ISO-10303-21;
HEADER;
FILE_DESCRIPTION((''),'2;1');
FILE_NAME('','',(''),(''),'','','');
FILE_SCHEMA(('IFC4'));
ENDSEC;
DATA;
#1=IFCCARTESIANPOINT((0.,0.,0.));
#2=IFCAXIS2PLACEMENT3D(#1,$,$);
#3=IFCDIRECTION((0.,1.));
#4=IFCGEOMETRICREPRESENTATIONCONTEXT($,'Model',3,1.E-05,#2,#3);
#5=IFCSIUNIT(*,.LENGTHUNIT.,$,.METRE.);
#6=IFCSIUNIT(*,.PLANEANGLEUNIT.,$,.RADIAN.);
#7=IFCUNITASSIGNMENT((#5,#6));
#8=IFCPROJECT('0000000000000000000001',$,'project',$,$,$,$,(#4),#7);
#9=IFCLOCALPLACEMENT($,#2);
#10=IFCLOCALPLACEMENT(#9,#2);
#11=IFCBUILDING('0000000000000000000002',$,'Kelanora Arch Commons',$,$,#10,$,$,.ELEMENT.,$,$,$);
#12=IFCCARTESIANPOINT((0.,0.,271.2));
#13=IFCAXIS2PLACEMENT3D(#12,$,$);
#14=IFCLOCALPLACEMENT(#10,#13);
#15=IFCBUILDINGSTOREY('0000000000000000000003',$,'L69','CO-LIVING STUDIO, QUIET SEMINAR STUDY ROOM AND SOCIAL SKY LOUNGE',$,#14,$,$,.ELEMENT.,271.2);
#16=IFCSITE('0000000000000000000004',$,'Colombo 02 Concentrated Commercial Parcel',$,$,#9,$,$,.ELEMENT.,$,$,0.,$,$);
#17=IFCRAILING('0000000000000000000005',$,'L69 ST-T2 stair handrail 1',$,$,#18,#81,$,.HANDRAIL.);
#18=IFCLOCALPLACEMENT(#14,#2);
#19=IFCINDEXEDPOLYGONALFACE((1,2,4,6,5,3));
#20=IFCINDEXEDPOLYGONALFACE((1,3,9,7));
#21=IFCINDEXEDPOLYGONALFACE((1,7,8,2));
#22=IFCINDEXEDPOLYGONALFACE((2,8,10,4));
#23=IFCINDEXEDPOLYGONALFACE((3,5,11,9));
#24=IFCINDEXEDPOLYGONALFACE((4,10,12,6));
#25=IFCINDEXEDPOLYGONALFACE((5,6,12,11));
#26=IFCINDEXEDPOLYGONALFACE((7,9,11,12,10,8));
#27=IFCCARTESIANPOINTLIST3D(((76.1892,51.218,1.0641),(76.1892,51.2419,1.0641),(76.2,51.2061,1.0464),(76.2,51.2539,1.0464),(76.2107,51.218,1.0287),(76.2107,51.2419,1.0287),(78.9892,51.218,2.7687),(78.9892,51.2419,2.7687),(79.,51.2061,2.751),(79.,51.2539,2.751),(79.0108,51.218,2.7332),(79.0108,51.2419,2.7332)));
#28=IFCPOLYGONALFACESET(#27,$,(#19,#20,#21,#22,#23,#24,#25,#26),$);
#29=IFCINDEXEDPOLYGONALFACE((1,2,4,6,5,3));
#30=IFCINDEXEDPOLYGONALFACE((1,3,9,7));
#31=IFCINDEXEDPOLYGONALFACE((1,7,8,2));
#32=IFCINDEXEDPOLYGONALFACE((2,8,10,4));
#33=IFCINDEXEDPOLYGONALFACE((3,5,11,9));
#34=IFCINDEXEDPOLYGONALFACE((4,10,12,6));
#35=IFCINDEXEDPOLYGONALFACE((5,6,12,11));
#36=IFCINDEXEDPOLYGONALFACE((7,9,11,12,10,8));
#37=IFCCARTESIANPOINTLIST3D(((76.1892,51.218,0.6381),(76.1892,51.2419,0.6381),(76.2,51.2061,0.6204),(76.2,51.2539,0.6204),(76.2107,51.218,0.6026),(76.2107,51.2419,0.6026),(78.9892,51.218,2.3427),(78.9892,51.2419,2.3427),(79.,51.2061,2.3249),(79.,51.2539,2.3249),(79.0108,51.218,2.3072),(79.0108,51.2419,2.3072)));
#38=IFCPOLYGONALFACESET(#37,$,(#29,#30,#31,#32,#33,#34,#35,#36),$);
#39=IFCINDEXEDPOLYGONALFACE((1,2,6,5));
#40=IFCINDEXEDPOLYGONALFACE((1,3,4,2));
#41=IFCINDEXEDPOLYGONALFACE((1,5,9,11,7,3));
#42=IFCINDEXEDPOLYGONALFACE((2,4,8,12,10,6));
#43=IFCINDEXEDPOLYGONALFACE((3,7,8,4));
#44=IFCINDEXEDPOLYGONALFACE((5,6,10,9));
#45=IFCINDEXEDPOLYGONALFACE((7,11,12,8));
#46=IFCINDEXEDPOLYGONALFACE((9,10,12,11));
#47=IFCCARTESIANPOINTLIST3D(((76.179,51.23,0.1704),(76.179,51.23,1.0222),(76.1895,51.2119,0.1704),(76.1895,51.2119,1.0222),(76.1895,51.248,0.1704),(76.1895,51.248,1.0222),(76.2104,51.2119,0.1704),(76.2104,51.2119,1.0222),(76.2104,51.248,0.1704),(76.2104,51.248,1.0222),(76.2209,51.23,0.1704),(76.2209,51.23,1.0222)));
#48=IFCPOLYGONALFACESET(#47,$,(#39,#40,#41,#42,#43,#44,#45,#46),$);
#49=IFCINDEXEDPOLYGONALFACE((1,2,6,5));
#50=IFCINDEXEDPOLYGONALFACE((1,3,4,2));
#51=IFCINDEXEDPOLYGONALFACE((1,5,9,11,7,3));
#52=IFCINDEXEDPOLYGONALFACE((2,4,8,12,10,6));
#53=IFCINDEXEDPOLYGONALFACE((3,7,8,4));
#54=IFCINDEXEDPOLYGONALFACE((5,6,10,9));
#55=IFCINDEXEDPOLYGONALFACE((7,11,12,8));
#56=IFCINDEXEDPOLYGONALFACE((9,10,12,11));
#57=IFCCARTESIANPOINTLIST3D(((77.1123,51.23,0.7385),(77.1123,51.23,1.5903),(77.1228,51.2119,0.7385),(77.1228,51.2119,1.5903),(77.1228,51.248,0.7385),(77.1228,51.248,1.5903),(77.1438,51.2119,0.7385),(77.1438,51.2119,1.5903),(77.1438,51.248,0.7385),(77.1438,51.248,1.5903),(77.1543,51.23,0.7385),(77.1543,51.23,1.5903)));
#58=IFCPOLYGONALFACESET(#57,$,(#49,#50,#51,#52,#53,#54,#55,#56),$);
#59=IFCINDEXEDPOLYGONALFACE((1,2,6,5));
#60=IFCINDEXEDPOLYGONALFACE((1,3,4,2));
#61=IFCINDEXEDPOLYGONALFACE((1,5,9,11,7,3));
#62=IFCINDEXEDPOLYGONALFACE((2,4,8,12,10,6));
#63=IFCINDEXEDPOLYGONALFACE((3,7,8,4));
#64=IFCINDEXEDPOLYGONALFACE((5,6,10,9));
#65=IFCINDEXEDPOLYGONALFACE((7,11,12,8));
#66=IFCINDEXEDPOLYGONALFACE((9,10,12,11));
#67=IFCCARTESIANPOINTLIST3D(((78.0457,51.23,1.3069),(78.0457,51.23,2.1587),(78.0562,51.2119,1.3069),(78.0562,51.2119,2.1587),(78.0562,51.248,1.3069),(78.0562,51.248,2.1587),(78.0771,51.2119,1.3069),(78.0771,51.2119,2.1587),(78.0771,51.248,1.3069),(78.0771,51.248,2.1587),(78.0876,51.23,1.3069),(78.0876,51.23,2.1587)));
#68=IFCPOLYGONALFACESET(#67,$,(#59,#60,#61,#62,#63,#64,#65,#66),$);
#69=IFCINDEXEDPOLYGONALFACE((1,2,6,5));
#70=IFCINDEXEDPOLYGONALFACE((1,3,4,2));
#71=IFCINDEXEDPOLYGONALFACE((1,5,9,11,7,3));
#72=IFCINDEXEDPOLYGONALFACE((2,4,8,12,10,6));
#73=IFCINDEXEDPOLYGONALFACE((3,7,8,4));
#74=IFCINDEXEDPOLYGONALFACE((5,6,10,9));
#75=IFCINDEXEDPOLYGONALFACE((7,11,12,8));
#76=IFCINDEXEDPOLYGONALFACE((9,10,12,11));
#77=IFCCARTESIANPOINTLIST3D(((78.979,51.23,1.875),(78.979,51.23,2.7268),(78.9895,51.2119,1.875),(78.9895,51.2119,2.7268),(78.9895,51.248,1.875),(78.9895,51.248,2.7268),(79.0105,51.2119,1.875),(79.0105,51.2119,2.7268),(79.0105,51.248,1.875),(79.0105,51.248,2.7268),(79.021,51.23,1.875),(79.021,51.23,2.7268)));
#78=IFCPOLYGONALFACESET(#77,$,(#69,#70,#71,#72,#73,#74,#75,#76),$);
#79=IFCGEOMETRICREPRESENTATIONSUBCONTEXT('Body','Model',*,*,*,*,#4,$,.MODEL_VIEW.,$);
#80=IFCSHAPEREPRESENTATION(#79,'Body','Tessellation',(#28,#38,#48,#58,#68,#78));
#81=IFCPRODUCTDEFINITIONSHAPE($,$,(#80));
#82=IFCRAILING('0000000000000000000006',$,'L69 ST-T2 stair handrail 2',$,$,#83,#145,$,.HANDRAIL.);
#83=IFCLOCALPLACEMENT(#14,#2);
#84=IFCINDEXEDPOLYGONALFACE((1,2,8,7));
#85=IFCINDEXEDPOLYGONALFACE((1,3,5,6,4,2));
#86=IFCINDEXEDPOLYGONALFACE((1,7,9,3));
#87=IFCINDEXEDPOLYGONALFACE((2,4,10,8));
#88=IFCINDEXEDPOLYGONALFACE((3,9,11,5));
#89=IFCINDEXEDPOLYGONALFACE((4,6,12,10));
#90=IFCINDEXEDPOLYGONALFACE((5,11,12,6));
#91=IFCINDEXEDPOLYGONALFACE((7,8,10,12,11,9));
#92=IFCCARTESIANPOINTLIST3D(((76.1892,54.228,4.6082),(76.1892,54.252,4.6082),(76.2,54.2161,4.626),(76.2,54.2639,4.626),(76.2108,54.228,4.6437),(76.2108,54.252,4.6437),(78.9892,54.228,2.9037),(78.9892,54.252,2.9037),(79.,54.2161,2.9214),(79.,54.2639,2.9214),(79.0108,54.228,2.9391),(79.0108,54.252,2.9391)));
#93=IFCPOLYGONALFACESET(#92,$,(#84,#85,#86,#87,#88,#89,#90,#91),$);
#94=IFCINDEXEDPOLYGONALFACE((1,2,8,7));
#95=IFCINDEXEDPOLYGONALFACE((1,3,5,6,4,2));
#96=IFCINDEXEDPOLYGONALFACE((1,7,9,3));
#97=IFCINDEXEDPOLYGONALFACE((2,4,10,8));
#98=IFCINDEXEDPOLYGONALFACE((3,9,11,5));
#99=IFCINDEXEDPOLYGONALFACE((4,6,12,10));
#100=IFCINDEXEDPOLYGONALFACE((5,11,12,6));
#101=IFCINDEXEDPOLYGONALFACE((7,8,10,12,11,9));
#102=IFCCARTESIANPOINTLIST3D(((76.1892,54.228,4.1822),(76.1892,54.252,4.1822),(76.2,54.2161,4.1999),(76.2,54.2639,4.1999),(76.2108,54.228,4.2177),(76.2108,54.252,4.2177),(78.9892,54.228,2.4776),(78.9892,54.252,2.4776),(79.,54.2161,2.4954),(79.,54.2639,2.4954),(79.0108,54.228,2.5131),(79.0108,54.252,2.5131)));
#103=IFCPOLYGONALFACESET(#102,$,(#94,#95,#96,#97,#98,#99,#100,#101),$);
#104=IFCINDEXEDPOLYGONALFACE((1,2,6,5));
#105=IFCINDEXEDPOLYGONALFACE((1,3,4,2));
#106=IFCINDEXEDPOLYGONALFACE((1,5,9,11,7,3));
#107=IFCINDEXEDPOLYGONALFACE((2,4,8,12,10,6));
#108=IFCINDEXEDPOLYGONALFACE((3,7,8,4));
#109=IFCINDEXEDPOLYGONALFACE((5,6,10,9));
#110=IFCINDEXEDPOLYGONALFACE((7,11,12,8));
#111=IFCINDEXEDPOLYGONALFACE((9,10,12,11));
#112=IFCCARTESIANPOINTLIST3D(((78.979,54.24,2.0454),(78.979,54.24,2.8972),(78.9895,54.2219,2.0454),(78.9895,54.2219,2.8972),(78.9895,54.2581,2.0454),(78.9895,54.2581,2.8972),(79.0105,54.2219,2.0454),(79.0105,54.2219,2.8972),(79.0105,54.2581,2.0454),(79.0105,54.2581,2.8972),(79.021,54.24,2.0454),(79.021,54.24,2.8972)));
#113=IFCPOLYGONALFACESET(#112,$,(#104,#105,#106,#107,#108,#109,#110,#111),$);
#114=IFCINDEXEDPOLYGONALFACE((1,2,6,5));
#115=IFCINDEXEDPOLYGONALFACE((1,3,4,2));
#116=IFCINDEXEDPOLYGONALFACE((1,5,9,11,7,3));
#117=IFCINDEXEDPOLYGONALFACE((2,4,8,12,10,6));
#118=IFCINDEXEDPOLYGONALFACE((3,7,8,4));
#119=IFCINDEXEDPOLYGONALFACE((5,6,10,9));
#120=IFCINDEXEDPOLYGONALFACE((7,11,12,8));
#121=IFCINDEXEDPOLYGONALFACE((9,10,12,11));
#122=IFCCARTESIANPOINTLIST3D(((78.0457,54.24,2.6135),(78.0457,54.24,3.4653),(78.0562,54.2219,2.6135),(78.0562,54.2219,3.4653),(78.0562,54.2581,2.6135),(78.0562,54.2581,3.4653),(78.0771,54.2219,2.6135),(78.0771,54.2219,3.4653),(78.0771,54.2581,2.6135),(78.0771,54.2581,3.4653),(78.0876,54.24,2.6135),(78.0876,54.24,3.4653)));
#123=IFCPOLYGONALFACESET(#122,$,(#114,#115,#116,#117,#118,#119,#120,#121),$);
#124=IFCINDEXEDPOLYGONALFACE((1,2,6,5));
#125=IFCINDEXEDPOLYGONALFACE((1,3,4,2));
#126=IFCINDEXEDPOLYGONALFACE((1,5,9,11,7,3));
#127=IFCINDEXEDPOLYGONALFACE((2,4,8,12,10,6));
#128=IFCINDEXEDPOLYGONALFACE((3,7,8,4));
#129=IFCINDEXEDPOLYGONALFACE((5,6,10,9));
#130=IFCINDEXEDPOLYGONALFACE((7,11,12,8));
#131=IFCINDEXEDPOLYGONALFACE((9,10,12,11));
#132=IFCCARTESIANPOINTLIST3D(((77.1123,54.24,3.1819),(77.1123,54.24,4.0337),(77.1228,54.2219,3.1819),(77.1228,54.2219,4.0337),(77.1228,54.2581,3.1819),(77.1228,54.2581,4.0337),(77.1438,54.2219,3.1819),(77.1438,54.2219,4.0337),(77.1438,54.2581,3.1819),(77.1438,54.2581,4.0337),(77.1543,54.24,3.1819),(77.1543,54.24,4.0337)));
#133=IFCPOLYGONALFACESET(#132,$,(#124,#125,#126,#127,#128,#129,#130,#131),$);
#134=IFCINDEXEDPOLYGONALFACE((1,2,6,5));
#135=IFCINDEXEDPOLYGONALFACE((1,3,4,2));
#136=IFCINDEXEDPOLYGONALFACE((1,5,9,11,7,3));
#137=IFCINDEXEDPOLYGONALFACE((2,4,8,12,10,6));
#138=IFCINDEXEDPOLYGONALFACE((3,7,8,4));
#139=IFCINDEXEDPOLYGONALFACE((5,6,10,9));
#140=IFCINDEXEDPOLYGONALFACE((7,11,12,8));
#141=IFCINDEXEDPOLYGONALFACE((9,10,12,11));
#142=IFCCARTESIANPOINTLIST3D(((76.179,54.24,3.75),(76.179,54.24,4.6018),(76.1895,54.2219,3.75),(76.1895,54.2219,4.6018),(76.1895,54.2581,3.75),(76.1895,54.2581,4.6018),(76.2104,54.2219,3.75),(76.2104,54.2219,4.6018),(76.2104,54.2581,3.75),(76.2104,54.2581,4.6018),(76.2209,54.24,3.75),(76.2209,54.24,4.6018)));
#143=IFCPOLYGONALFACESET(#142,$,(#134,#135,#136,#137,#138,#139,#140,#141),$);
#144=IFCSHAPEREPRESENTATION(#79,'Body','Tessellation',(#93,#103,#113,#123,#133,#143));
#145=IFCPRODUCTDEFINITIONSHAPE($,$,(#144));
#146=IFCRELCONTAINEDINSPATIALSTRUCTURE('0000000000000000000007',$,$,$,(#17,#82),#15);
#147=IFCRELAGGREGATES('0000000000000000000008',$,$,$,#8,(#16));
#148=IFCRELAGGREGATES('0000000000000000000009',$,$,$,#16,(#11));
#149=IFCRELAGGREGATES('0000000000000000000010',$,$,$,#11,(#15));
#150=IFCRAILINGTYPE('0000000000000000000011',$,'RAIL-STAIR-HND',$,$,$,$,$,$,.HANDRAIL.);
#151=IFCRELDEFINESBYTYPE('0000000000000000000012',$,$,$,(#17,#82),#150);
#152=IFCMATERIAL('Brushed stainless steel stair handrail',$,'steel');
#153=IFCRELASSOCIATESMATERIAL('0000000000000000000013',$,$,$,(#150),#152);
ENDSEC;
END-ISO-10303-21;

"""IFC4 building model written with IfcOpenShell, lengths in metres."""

from ifc_helpers import new_model, si_unit, direction, frame, origin, place, context, subcontext, project, spatial, polyline, outline, extrude, material, type_object, element, save


model = new_model("IFC4")

# Units and contexts
model_context = context("Model", 3, precision=1e-05, world=origin(), true_north=direction((0.0, 1.0)))
body_context = subcontext(model_context, "Body", "Model", "MODEL_VIEW")
ifc_project = project(units=[si_unit("LENGTHUNIT", "METRE"), si_unit("PLANEANGLEUNIT", "RADIAN")], contexts=[model_context])

# Site, building, storey
site_placement = place(None, origin())
site = spatial("IfcSite", under=ifc_project, at=site_placement, Name="Colombo 02 Concentrated Commercial Parcel", CompositionType="ELEMENT", RefElevation=0.0)
building_placement = place(site_placement, origin())
building = spatial("IfcBuilding", under=site, at=building_placement, Name="Kelanora Arch Commons", CompositionType="ELEMENT")
storey_placement = place(building_placement, frame((0.0, 0.0, 271.2)))
storey = spatial("IfcBuildingStorey", under=building, at=storey_placement, Name="L69", Description="CO-LIVING STUDIO, QUIET SEMINAR STUDY ROOM AND SOCIAL SKY LOUNGE", CompositionType="ELEMENT", Elevation=271.2)

# Railings
ifc_material_1 = material(Name="Brushed stainless steel stair handrail", Category="steel")
railing_type_1 = type_object("IfcRailingType", Name="RAIL-STAIR-HND", PredefinedType="HANDRAIL", material=ifc_material_1)
railing_1_placement = place(storey_placement, frame((76.2, 51.23, 0.1704)))
element("IfcRailing", 1, at=railing_1_placement, inside=storey, type_object=railing_type_1, Name="L69 ST-T2 stair handrail 1", PredefinedType="HANDRAIL", context=body_context, shape_type="SweptSolid", body=[
    extrude(outline(polyline([(0.0239, 0.0), (0.012, 0.0208), (-0.012, 0.0208), (-0.0239, 0.0), (-0.012, -0.0208), (0.012, -0.0208), (0.0239, 0.0)])), frame((0.0, 0.0, 0.876), z_axis=(0.85417, 0.0, 0.519994), x_axis=(0.0, 1.0, 0.0)), (0.0, 0.0, 1.0), 3.2781),
    extrude(outline(polyline([(0.0239, 0.0), (0.012, 0.0208), (-0.012, 0.0208), (-0.0239, 0.0), (-0.012, -0.0208), (0.012, -0.0208), (0.0239, 0.0)])), frame((0.0, 0.0, 0.45), z_axis=(0.85417, 0.0, 0.519994), x_axis=(0.0, 1.0, 0.0)), (0.0, 0.0, 1.0), 3.2781),
    extrude(outline(polyline([(0.021, 0.0), (0.0105, 0.0181), (-0.0105, 0.0181), (-0.021, 0.0), (-0.0105, -0.0181), (0.0105, -0.0181), (0.021, 0.0)])), origin(), (0.0, 0.0, 1.0), 0.8518),
    extrude(outline(polyline([(0.021, 0.0), (0.0105, 0.0181), (-0.0105, 0.0181), (-0.021, 0.0), (-0.0105, -0.0181), (0.0105, -0.0181), (0.021, 0.0)])), frame((0.9333, 0.0, 0.5681)), (0.0, 0.0, 1.0), 0.8518),
    extrude(outline(polyline([(0.021, 0.0), (0.0105, 0.0181), (-0.0105, 0.0181), (-0.021, 0.0), (-0.0105, -0.0181), (0.0105, -0.0181), (0.021, 0.0)])), frame((1.8667, 0.0, 1.1365)), (0.0, 0.0, 1.0), 0.8518),
    extrude(outline(polyline([(0.021, 0.0), (0.0105, 0.0181), (-0.0105, 0.0181), (-0.021, 0.0), (-0.0105, -0.0181), (0.0105, -0.0181), (0.021, 0.0)])), frame((2.8, 0.0, 1.7046)), (0.0, 0.0, 1.0), 0.8518),
])
railing_2_placement = place(storey_placement, frame((79.0, 54.24, 2.0454)))
element("IfcRailing", 2, at=railing_2_placement, inside=storey, type_object=railing_type_1, Name="L69 ST-T2 stair handrail 2", PredefinedType="HANDRAIL", context=body_context, shape_type="SweptSolid", body=[
    extrude(outline(polyline([(0.0239, 0.0), (0.012, 0.0208), (-0.012, 0.0208), (-0.0239, 0.0), (-0.012, -0.0208), (0.012, -0.0208), (0.0239, 0.0)])), frame((0.0, 0.0, 0.876), z_axis=(-0.85417, 0.0, 0.519994), x_axis=(0.0, -1.0, 0.0)), (0.0, 0.0, 1.0), 3.2781),
    extrude(outline(polyline([(0.0239, 0.0), (0.012, 0.0208), (-0.012, 0.0208), (-0.0239, 0.0), (-0.012, -0.0208), (0.012, -0.0208), (0.0239, 0.0)])), frame((0.0, 0.0, 0.45), z_axis=(-0.85417, 0.0, 0.519994), x_axis=(0.0, -1.0, 0.0)), (0.0, 0.0, 1.0), 3.2781),
    extrude(outline(polyline([(0.021, 0.0), (0.0105, 0.0181), (-0.0105, 0.0181), (-0.021, 0.0), (-0.0105, -0.0181), (0.0105, -0.0181), (0.021, 0.0)])), origin(), (0.0, 0.0, 1.0), 0.8518),
    extrude(outline(polyline([(0.021, 0.0), (0.0105, 0.0181), (-0.0105, 0.0181), (-0.021, 0.0), (-0.0105, -0.0181), (0.0105, -0.0181), (0.021, 0.0)])), frame((-0.9333, 0.0, 0.5681)), (0.0, 0.0, 1.0), 0.8518),
    extrude(outline(polyline([(0.021, 0.0), (0.0105, 0.0181), (-0.0105, 0.0181), (-0.021, 0.0), (-0.0105, -0.0181), (0.0105, -0.0181), (0.021, 0.0)])), frame((-1.8667, 0.0, 1.1365)), (0.0, 0.0, 1.0), 0.8518),
    extrude(outline(polyline([(0.021, 0.0), (0.0105, 0.0181), (-0.0105, 0.0181), (-0.021, 0.0), (-0.0105, -0.0181), (0.0105, -0.0181), (0.021, 0.0)])), frame((-2.8, 0.0, 1.7046)), (0.0, 0.0, 1.0), 0.8518),
])

save(model, "model.ifc")
